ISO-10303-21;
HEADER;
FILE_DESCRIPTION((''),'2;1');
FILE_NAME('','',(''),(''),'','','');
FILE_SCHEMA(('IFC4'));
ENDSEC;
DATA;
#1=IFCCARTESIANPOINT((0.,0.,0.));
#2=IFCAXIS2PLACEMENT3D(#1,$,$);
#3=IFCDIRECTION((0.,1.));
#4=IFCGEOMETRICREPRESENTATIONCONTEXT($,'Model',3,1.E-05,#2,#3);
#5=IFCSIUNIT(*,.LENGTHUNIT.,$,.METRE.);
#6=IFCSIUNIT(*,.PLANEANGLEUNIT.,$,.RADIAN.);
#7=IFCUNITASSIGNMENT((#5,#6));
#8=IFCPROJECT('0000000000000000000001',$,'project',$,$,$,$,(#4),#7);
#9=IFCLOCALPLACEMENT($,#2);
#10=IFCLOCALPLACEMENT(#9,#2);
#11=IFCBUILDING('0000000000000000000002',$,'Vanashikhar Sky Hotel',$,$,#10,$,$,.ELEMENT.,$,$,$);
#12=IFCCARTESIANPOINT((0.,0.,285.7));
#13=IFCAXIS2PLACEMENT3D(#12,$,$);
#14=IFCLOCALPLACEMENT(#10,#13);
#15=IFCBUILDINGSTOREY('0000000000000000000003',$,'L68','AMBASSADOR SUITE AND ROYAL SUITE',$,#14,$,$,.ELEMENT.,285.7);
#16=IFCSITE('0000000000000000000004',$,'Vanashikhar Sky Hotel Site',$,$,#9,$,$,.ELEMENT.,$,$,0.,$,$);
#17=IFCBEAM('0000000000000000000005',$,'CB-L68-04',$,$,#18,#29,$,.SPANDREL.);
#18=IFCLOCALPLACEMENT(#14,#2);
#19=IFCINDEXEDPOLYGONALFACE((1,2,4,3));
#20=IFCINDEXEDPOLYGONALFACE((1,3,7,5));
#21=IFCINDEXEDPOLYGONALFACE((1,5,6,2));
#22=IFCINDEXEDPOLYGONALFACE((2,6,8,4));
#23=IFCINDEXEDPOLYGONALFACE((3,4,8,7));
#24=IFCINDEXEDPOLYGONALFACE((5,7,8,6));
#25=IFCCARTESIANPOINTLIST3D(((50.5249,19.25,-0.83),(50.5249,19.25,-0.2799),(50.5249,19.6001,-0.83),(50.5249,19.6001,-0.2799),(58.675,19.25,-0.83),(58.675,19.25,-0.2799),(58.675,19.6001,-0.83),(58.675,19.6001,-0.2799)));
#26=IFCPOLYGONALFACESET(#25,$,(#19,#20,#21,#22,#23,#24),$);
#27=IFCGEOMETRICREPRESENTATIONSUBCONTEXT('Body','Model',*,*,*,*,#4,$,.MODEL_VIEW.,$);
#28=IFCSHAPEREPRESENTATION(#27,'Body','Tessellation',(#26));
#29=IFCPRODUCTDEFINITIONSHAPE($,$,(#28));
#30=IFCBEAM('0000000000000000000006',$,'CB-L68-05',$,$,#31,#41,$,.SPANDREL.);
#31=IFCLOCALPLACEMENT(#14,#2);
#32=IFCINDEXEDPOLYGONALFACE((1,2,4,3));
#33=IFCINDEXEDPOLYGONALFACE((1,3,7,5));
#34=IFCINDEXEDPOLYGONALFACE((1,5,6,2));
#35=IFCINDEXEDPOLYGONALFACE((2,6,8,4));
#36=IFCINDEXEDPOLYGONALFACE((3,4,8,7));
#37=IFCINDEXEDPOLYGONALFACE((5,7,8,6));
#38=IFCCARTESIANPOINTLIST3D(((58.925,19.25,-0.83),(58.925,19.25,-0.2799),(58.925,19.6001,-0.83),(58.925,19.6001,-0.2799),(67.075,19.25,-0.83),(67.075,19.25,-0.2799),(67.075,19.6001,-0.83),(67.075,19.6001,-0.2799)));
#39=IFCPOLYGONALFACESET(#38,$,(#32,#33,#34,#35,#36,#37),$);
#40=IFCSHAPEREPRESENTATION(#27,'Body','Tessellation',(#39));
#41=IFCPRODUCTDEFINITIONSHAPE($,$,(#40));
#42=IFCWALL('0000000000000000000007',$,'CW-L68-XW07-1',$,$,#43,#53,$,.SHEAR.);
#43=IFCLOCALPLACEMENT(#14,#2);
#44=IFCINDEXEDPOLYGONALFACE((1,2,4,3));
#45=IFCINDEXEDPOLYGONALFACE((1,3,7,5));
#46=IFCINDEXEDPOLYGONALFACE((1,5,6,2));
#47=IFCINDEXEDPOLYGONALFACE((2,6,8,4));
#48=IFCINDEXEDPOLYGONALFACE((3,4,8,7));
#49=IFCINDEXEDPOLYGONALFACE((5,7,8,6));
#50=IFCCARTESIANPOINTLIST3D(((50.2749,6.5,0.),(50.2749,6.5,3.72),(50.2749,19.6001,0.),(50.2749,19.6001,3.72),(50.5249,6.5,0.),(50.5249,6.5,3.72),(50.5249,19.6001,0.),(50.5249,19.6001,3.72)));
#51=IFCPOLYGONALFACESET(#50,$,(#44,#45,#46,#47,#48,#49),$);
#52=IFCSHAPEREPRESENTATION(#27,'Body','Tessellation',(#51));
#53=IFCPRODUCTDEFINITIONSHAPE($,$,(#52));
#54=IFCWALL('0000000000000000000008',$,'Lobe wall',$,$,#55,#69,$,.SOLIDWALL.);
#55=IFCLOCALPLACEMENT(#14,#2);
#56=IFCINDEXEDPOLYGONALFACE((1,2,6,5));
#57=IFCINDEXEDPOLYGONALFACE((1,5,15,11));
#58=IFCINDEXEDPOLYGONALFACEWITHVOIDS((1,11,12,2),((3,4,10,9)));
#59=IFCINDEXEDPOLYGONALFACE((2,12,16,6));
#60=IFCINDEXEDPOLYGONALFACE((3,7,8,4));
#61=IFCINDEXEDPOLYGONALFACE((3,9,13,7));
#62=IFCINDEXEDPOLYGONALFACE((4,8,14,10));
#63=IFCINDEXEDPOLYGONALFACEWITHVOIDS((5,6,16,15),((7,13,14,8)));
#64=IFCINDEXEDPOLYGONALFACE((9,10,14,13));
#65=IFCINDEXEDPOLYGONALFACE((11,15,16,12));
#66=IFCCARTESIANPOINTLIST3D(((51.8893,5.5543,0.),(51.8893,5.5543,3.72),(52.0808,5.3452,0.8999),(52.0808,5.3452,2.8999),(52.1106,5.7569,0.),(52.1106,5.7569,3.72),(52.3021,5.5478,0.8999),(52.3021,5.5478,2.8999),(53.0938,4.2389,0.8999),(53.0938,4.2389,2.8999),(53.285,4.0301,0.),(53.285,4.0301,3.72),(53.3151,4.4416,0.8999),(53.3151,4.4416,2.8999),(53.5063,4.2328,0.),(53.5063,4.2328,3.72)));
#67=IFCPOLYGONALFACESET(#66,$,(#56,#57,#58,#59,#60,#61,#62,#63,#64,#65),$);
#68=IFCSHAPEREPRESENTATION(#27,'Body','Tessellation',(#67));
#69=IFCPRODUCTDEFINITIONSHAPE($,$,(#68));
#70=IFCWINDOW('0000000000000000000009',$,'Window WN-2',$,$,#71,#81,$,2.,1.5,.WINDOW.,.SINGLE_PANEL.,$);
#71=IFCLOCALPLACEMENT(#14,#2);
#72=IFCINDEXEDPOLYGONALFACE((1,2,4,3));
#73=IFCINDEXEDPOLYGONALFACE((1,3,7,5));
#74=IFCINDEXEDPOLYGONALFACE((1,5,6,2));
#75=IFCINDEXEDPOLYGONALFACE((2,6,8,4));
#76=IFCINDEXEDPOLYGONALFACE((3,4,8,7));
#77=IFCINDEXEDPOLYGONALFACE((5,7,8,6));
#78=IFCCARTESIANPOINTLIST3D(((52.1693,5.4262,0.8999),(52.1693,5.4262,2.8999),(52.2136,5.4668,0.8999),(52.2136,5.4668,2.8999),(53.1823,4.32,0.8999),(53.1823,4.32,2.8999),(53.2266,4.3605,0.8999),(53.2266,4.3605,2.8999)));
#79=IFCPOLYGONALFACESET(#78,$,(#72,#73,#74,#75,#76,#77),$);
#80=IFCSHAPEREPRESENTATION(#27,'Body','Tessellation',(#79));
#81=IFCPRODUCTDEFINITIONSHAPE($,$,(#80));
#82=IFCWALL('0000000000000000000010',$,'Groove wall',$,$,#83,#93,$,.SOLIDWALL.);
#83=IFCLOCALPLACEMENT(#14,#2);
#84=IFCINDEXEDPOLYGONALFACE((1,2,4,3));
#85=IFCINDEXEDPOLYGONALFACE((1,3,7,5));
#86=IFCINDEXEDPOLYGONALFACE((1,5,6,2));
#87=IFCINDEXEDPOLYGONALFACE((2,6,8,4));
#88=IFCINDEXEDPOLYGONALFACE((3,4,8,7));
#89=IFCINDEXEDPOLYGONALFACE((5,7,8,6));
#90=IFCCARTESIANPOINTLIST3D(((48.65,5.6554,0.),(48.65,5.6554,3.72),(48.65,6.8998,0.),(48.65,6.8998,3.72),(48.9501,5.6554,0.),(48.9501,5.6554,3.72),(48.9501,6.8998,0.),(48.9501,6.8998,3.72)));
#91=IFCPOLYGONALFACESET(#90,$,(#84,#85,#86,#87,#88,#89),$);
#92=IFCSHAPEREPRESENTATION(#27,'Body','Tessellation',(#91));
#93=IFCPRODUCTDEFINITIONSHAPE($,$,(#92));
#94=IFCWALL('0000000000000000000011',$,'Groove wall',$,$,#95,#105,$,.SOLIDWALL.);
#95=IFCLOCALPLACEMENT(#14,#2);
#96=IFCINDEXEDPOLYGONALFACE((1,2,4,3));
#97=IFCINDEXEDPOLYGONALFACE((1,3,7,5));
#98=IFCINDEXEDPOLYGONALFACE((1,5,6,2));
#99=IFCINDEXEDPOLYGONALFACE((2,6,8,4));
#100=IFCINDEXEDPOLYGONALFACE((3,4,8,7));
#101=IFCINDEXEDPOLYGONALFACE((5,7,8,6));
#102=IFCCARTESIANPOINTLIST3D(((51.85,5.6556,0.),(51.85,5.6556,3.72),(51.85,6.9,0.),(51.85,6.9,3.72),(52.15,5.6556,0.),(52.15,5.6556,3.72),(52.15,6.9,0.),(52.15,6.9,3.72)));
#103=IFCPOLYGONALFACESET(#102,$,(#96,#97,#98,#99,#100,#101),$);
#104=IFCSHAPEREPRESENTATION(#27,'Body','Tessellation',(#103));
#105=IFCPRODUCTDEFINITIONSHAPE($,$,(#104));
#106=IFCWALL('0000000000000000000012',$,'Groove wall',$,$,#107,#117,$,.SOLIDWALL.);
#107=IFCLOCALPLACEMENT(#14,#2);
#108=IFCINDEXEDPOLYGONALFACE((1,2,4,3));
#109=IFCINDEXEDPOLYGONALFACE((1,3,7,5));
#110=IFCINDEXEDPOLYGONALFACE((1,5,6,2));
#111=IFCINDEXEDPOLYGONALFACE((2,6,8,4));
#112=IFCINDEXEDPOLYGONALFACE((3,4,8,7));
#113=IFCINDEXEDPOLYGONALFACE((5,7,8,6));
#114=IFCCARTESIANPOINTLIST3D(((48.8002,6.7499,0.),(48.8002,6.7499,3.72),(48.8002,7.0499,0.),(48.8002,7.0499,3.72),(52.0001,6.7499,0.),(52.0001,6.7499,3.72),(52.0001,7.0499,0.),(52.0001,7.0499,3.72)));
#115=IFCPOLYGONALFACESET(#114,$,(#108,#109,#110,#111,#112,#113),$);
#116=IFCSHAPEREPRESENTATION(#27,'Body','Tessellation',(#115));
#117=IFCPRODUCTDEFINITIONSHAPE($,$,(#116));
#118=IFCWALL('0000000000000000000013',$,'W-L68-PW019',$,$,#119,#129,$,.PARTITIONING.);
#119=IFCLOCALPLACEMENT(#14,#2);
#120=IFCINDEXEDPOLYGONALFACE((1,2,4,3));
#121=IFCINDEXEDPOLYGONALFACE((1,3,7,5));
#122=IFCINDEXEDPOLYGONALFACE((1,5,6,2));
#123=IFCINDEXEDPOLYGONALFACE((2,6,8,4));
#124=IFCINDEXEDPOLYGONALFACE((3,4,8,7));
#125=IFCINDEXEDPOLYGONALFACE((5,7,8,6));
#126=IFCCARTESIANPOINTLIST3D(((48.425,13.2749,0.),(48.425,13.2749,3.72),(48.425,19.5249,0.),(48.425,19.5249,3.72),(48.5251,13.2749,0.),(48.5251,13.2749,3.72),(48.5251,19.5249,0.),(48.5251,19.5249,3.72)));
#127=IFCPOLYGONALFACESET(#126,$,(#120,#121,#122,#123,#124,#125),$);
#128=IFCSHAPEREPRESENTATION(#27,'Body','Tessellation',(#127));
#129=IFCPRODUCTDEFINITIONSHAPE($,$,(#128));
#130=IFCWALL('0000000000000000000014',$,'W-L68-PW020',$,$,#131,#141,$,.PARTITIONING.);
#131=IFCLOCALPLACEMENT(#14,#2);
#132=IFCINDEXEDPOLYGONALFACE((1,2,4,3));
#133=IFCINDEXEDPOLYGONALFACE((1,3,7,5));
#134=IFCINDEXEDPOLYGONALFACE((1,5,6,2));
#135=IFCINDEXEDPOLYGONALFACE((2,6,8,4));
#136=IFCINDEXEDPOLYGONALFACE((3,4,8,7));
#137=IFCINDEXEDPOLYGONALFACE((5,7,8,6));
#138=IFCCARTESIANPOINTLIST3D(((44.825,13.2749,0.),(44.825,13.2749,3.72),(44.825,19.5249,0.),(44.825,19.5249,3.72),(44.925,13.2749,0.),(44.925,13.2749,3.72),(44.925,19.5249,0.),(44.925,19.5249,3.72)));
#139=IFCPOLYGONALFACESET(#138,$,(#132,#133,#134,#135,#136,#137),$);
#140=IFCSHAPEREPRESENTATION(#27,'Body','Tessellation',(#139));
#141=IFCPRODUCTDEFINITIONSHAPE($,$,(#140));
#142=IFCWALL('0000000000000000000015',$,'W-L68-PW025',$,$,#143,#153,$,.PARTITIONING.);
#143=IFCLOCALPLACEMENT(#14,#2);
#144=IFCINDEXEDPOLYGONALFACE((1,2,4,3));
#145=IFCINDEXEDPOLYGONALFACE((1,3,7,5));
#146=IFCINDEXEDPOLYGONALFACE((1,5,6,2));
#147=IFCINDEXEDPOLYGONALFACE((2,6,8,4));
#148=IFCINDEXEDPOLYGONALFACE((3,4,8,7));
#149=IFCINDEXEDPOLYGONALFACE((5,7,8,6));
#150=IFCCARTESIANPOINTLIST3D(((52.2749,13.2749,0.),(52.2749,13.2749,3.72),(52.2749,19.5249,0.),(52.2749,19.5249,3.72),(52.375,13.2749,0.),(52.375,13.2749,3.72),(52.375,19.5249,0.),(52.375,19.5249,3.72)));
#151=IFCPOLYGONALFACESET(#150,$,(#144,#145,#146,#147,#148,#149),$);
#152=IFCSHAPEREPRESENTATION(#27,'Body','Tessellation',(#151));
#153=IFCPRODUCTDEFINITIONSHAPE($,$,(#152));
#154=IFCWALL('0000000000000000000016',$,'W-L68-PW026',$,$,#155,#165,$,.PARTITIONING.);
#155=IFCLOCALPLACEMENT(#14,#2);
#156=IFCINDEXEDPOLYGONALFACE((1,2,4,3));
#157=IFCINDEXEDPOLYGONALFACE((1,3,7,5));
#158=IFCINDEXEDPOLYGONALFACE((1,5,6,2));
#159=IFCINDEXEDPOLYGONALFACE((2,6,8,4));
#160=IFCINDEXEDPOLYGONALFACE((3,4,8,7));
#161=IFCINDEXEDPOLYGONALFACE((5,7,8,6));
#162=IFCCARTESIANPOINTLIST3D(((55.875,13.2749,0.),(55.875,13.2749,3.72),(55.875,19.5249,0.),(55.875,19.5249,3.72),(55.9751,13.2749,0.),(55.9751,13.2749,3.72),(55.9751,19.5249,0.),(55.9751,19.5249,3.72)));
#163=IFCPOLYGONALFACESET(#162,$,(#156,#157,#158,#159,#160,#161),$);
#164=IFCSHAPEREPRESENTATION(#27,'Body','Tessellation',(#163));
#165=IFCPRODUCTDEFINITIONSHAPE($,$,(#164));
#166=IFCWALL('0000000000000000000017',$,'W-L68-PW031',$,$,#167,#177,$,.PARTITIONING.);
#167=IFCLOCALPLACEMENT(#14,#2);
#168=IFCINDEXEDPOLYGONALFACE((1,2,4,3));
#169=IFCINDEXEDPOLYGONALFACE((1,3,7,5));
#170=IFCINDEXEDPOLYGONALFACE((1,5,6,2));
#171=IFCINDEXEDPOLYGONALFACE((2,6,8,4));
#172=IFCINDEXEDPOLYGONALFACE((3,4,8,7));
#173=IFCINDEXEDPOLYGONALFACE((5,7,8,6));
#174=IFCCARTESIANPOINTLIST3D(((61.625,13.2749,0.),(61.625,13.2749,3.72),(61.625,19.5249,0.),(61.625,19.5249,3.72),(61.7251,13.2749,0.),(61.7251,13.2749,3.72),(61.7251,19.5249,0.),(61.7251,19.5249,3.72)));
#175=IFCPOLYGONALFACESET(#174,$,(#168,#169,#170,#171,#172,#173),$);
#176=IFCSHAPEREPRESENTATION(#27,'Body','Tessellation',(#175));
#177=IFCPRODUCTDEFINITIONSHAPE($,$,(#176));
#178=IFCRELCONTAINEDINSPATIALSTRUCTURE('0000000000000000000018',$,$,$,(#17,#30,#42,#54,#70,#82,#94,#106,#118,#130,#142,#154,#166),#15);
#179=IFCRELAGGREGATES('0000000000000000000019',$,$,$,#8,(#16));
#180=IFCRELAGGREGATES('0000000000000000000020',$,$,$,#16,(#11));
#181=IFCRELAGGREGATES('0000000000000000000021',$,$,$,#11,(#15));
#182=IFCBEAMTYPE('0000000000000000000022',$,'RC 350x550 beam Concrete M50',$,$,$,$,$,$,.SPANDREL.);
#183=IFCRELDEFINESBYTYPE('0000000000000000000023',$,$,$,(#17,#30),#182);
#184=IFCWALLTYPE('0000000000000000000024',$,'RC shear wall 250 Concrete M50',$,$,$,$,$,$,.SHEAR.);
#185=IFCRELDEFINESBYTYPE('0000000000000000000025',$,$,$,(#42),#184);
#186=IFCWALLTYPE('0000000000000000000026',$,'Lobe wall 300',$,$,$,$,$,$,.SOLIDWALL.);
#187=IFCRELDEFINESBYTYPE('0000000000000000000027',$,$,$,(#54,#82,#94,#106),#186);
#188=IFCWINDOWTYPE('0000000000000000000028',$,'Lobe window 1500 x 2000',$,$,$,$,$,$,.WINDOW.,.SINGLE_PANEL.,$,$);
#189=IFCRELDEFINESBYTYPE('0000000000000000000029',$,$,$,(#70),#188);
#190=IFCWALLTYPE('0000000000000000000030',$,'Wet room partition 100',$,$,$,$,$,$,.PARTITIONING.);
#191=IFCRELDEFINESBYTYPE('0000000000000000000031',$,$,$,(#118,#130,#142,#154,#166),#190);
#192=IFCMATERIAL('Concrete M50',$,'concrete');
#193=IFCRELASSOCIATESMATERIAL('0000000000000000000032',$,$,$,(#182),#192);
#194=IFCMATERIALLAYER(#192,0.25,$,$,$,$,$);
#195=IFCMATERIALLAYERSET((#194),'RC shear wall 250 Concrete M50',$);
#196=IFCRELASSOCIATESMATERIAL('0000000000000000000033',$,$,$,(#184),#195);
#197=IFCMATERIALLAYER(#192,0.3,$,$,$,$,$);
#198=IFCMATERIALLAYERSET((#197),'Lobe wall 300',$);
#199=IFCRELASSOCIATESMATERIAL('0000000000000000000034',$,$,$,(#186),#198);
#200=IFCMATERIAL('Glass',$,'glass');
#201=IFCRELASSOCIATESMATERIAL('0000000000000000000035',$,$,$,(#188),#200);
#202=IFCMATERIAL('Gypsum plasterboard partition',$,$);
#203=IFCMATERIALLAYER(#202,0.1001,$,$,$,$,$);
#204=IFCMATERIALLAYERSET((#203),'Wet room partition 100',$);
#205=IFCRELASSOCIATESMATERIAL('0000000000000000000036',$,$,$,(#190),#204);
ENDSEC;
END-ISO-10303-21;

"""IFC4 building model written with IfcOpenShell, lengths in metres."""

from ifc_helpers import new_model, si_unit, direction, frame, frame_2d, origin, origin_2d, place, context, subcontext, project, spatial, rectangle, extrude, source, transform, mapped, material, layer, layer_set, material_profile, profile_set, type_object, element, fill, save


model = new_model("IFC4")

# Units and contexts
model_context = context("Model", 3, precision=1e-05, world=origin(), true_north=direction((0.0, 1.0)))
body_context = subcontext(model_context, "Body", "Model", "MODEL_VIEW")
ifc_project = project(units=[si_unit("LENGTHUNIT", "METRE"), si_unit("PLANEANGLEUNIT", "RADIAN")], contexts=[model_context])

# Site, building, storey
site_placement = place(None, origin())
site = spatial("IfcSite", under=ifc_project, at=site_placement, Name="Vanashikhar Sky Hotel Site", CompositionType="ELEMENT", RefElevation=0.0)
building_placement = place(site_placement, origin())
building = spatial("IfcBuilding", under=site, at=building_placement, Name="Vanashikhar Sky Hotel", CompositionType="ELEMENT")
storey_placement = place(building_placement, frame((0.0, 0.0, 285.7)))
storey = spatial("IfcBuildingStorey", under=building, at=storey_placement, Name="L68", Description="AMBASSADOR SUITE AND ROYAL SUITE", CompositionType="ELEMENT", Elevation=285.7)

# Beams
ifc_material_1 = material(Name="Concrete M50", Category="concrete")
ifc_material_profile = material_profile(ifc_material_1, rectangle(XDim=0.3501, YDim=0.55, at=origin_2d()))
ifc_profile_set = profile_set([ifc_material_profile], Name="RC 350x550 beam Concrete M50")
beam_type = type_object("IfcBeamType", Name="RC 350x550 beam Concrete M50", PredefinedType="SPANDREL", material=ifc_profile_set)
shared_shape_1 = source(origin(), body_context, "Body", "SweptSolid", [
    extrude(rectangle(XDim=0.3501, YDim=0.55, at=origin_2d()), origin(), (0.0, 0.0, 1.0), 8.1501),
])
beam_1_placement = place(storey_placement, frame((50.5249, 19.425, -0.5549), z_axis=(1.0, 0.0, 0.0), x_axis=(0.0, 1.0, 0.0)))
element("IfcBeam", 1, at=beam_1_placement, inside=storey, type_object=beam_type, Name="CB-L68-04", PredefinedType="SPANDREL", context=body_context, shape_type="MappedRepresentation", body=[
    mapped(shared_shape_1, transform((0.0, 0.0, 0.0), scale=1.0)),
])
shared_shape_2 = source(origin(), body_context, "Body", "SweptSolid", [
    extrude(rectangle(XDim=0.3501, YDim=0.55, at=origin_2d()), origin(), (0.0, 0.0, 1.0), 8.1499),
])
beam_2_placement = place(storey_placement, frame((58.925, 19.425, -0.5549), z_axis=(1.0, 0.0, 0.0), x_axis=(0.0, 1.0, 0.0)))
element("IfcBeam", 2, at=beam_2_placement, inside=storey, type_object=beam_type, Name="CB-L68-05", PredefinedType="SPANDREL", context=body_context, shape_type="MappedRepresentation", body=[
    mapped(shared_shape_2, transform((0.0, 0.0, 0.0), scale=1.0)),
])

# Wall
ifc_layer_1 = layer(ifc_material_1, 0.25)
ifc_layer_set_1 = layer_set([ifc_layer_1], Name="RC shear wall 250 Concrete M50")
wall_type_1 = type_object("IfcWallType", Name="RC shear wall 250 Concrete M50", PredefinedType="SHEAR", material=ifc_layer_set_1)
shared_shape_3 = source(origin(), body_context, "Body", "SweptSolid", [
    extrude(rectangle(XDim=13.1001, YDim=0.25, at=frame_2d((6.55, 0.0))), origin(), (0.0, 0.0, 1.0), 3.72),
])
wall_1_placement = place(storey_placement, frame((50.3999, 6.5, 0.0), z_axis=(0.0, 0.0, 1.0), x_axis=(0.0, 1.0, 0.0)))
element("IfcWall", 3, at=wall_1_placement, inside=storey, type_object=wall_type_1, Name="CW-L68-XW07-1", PredefinedType="SHEAR", context=body_context, shape_type="MappedRepresentation", body=[
    mapped(shared_shape_3, transform((0.0, 0.0, 0.0), scale=1.0)),
])

# Wall, opening, window
ifc_layer_2 = layer(ifc_material_1, 0.3)
ifc_layer_set_2 = layer_set([ifc_layer_2], Name="Lobe wall 300")
wall_type_2 = type_object("IfcWallType", Name="Lobe wall 300", PredefinedType="SOLIDWALL", material=ifc_layer_set_2)
shared_shape_4 = source(origin(), body_context, "Body", "SweptSolid", [
    extrude(rectangle(XDim=2.0667, YDim=0.3, at=frame_2d((1.0332, 0.0))), origin(), (0.0, 0.0, 1.0), 3.72),
])
wall_2_placement = place(storey_placement, frame((52.0, 5.6555, 0.0), z_axis=(0.0, 0.0, 1.0), x_axis=(0.675355, -0.737492, 0.0)))
wall_2 = element("IfcWall", 4, at=wall_2_placement, inside=storey, type_object=wall_type_2, Name="Lobe wall", PredefinedType="SOLIDWALL", context=body_context, shape_type="MappedRepresentation", body=[
    mapped(shared_shape_4, transform((0.0, 0.0, 0.0), scale=1.0)),
])
shared_shape_5 = source(origin(), body_context, "Body", "SweptSolid", [
    extrude(rectangle(XDim=1.5, YDim=2.0, at=frame_2d((0.75, 1.0))), frame((0.0, 0.1602, 0.0), z_axis=(0.0, -1.0, 0.0), x_axis=(1.0, 0.0, 0.0)), (0.0, 0.0, 1.0), 0.3201),
])
opening_1_placement = place(wall_2_placement, frame((0.2834, 0.0, 0.8999)))
opening_1 = element("IfcOpeningElement", 5, at=opening_1_placement, cuts=wall_2, PredefinedType="OPENING", context=body_context, shape_type="MappedRepresentation", body=[
    mapped(shared_shape_5, transform((0.0, 0.0, 0.0), scale=1.0)),
])
ifc_material_2 = material(Name="Glass", Category="glass")
window_type = type_object("IfcWindowType", Name="Lobe window 1500 x 2000", PartitioningType="SINGLE_PANEL", PredefinedType="WINDOW", material=ifc_material_2)
shared_shape_6 = source(origin(), body_context, "Body", "SweptSolid", [
    extrude(rectangle(XDim=1.5, YDim=2.0, at=frame_2d((0.75, 1.0))), frame((0.0, 0.03, 0.0), z_axis=(0.0, -1.0, 0.0), x_axis=(1.0, 0.0, 0.0)), (0.0, 0.0, 1.0), 0.0601),
])
window_placement = place(opening_1_placement, origin())
window = element("IfcWindow", 6, at=window_placement, inside=storey, type_object=window_type, Name="Window WN-2", OverallHeight=2.0, OverallWidth=1.5, PartitioningType="SINGLE_PANEL", PredefinedType="WINDOW", context=body_context, shape_type="MappedRepresentation", body=[
    mapped(shared_shape_6, transform((0.0, 0.0, 0.0), scale=1.0)),
])
fill(opening_1, window)

# Walls
shared_shape_7 = source(origin(), body_context, "Body", "SweptSolid", [
    extrude(rectangle(XDim=1.2444, YDim=0.3, at=frame_2d((0.6221, 0.0))), origin(), (0.0, 0.0, 1.0), 3.72),
])
for number, where, z_axis, x_axis, name in (
    (7, (48.8, 5.6555, 0.0), (0.0, 0.0, 1.0), (0.0, 1.0, 0.0), "Groove wall"),
    (8, (52.0, 6.8999, 0.0), (0.0, 0.0, 1.0), (0.0, -1.0, 0.0), "Groove wall"),
):
    element("IfcWall", number, at=place(storey_placement, frame(where, z_axis=z_axis, x_axis=x_axis)), inside=storey, type_object=wall_type_2, Name=name, PredefinedType="SOLIDWALL", context=body_context, shape_type="MappedRepresentation", body=[
        mapped(shared_shape_7, transform((0.0, 0.0, 0.0), scale=1.0)),
    ])
shared_shape_8 = source(origin(), body_context, "Body", "SweptSolid", [
    extrude(rectangle(XDim=3.2, YDim=0.3, at=frame_2d((1.6001, 0.0))), origin(), (0.0, 0.0, 1.0), 3.72),
])
wall_3_placement = place(storey_placement, frame((48.8, 6.8999, 0.0), z_axis=(0.0, 0.0, 1.0), x_axis=(1.0, 0.0, 0.0)))
element("IfcWall", 9, at=wall_3_placement, inside=storey, type_object=wall_type_2, Name="Groove wall", PredefinedType="SOLIDWALL", context=body_context, shape_type="MappedRepresentation", body=[
    mapped(shared_shape_8, transform((0.0, 0.0, 0.0), scale=1.0)),
])
ifc_material_3 = material(Name="Gypsum plasterboard partition")
ifc_layer_3 = layer(ifc_material_3, 0.1001)
ifc_layer_set_3 = layer_set([ifc_layer_3], Name="Wet room partition 100")
wall_type_3 = type_object("IfcWallType", Name="Wet room partition 100", PredefinedType="PARTITIONING", material=ifc_layer_set_3)
shared_shape_9 = source(origin(), body_context, "Body", "SweptSolid", [
    extrude(rectangle(XDim=6.25, YDim=0.1001, at=frame_2d((3.125, 0.0))), origin(), (0.0, 0.0, 1.0), 3.72),
])
for number, where, z_axis, x_axis, name in (
    (10, (48.4751, 13.2749, 0.0), (0.0, 0.0, 1.0), (0.0, 1.0, 0.0), "W-L68-PW019"),
    (11, (44.875, 13.2749, 0.0), (0.0, 0.0, 1.0), (0.0, 1.0, 0.0), "W-L68-PW020"),
    (12, (52.325, 13.2749, 0.0), (0.0, 0.0, 1.0), (0.0, 1.0, 0.0), "W-L68-PW025"),
    (13, (55.925, 13.2749, 0.0), (0.0, 0.0, 1.0), (0.0, 1.0, 0.0), "W-L68-PW026"),
    (14, (61.675, 13.2749, 0.0), (0.0, 0.0, 1.0), (0.0, 1.0, 0.0), "W-L68-PW031"),
):
    element("IfcWall", number, at=place(storey_placement, frame(where, z_axis=z_axis, x_axis=x_axis)), inside=storey, type_object=wall_type_3, Name=name, PredefinedType="PARTITIONING", context=body_context, shape_type="MappedRepresentation", body=[
        mapped(shared_shape_9, transform((0.0, 0.0, 0.0), scale=1.0)),
    ])

save(model, "model.ifc")
